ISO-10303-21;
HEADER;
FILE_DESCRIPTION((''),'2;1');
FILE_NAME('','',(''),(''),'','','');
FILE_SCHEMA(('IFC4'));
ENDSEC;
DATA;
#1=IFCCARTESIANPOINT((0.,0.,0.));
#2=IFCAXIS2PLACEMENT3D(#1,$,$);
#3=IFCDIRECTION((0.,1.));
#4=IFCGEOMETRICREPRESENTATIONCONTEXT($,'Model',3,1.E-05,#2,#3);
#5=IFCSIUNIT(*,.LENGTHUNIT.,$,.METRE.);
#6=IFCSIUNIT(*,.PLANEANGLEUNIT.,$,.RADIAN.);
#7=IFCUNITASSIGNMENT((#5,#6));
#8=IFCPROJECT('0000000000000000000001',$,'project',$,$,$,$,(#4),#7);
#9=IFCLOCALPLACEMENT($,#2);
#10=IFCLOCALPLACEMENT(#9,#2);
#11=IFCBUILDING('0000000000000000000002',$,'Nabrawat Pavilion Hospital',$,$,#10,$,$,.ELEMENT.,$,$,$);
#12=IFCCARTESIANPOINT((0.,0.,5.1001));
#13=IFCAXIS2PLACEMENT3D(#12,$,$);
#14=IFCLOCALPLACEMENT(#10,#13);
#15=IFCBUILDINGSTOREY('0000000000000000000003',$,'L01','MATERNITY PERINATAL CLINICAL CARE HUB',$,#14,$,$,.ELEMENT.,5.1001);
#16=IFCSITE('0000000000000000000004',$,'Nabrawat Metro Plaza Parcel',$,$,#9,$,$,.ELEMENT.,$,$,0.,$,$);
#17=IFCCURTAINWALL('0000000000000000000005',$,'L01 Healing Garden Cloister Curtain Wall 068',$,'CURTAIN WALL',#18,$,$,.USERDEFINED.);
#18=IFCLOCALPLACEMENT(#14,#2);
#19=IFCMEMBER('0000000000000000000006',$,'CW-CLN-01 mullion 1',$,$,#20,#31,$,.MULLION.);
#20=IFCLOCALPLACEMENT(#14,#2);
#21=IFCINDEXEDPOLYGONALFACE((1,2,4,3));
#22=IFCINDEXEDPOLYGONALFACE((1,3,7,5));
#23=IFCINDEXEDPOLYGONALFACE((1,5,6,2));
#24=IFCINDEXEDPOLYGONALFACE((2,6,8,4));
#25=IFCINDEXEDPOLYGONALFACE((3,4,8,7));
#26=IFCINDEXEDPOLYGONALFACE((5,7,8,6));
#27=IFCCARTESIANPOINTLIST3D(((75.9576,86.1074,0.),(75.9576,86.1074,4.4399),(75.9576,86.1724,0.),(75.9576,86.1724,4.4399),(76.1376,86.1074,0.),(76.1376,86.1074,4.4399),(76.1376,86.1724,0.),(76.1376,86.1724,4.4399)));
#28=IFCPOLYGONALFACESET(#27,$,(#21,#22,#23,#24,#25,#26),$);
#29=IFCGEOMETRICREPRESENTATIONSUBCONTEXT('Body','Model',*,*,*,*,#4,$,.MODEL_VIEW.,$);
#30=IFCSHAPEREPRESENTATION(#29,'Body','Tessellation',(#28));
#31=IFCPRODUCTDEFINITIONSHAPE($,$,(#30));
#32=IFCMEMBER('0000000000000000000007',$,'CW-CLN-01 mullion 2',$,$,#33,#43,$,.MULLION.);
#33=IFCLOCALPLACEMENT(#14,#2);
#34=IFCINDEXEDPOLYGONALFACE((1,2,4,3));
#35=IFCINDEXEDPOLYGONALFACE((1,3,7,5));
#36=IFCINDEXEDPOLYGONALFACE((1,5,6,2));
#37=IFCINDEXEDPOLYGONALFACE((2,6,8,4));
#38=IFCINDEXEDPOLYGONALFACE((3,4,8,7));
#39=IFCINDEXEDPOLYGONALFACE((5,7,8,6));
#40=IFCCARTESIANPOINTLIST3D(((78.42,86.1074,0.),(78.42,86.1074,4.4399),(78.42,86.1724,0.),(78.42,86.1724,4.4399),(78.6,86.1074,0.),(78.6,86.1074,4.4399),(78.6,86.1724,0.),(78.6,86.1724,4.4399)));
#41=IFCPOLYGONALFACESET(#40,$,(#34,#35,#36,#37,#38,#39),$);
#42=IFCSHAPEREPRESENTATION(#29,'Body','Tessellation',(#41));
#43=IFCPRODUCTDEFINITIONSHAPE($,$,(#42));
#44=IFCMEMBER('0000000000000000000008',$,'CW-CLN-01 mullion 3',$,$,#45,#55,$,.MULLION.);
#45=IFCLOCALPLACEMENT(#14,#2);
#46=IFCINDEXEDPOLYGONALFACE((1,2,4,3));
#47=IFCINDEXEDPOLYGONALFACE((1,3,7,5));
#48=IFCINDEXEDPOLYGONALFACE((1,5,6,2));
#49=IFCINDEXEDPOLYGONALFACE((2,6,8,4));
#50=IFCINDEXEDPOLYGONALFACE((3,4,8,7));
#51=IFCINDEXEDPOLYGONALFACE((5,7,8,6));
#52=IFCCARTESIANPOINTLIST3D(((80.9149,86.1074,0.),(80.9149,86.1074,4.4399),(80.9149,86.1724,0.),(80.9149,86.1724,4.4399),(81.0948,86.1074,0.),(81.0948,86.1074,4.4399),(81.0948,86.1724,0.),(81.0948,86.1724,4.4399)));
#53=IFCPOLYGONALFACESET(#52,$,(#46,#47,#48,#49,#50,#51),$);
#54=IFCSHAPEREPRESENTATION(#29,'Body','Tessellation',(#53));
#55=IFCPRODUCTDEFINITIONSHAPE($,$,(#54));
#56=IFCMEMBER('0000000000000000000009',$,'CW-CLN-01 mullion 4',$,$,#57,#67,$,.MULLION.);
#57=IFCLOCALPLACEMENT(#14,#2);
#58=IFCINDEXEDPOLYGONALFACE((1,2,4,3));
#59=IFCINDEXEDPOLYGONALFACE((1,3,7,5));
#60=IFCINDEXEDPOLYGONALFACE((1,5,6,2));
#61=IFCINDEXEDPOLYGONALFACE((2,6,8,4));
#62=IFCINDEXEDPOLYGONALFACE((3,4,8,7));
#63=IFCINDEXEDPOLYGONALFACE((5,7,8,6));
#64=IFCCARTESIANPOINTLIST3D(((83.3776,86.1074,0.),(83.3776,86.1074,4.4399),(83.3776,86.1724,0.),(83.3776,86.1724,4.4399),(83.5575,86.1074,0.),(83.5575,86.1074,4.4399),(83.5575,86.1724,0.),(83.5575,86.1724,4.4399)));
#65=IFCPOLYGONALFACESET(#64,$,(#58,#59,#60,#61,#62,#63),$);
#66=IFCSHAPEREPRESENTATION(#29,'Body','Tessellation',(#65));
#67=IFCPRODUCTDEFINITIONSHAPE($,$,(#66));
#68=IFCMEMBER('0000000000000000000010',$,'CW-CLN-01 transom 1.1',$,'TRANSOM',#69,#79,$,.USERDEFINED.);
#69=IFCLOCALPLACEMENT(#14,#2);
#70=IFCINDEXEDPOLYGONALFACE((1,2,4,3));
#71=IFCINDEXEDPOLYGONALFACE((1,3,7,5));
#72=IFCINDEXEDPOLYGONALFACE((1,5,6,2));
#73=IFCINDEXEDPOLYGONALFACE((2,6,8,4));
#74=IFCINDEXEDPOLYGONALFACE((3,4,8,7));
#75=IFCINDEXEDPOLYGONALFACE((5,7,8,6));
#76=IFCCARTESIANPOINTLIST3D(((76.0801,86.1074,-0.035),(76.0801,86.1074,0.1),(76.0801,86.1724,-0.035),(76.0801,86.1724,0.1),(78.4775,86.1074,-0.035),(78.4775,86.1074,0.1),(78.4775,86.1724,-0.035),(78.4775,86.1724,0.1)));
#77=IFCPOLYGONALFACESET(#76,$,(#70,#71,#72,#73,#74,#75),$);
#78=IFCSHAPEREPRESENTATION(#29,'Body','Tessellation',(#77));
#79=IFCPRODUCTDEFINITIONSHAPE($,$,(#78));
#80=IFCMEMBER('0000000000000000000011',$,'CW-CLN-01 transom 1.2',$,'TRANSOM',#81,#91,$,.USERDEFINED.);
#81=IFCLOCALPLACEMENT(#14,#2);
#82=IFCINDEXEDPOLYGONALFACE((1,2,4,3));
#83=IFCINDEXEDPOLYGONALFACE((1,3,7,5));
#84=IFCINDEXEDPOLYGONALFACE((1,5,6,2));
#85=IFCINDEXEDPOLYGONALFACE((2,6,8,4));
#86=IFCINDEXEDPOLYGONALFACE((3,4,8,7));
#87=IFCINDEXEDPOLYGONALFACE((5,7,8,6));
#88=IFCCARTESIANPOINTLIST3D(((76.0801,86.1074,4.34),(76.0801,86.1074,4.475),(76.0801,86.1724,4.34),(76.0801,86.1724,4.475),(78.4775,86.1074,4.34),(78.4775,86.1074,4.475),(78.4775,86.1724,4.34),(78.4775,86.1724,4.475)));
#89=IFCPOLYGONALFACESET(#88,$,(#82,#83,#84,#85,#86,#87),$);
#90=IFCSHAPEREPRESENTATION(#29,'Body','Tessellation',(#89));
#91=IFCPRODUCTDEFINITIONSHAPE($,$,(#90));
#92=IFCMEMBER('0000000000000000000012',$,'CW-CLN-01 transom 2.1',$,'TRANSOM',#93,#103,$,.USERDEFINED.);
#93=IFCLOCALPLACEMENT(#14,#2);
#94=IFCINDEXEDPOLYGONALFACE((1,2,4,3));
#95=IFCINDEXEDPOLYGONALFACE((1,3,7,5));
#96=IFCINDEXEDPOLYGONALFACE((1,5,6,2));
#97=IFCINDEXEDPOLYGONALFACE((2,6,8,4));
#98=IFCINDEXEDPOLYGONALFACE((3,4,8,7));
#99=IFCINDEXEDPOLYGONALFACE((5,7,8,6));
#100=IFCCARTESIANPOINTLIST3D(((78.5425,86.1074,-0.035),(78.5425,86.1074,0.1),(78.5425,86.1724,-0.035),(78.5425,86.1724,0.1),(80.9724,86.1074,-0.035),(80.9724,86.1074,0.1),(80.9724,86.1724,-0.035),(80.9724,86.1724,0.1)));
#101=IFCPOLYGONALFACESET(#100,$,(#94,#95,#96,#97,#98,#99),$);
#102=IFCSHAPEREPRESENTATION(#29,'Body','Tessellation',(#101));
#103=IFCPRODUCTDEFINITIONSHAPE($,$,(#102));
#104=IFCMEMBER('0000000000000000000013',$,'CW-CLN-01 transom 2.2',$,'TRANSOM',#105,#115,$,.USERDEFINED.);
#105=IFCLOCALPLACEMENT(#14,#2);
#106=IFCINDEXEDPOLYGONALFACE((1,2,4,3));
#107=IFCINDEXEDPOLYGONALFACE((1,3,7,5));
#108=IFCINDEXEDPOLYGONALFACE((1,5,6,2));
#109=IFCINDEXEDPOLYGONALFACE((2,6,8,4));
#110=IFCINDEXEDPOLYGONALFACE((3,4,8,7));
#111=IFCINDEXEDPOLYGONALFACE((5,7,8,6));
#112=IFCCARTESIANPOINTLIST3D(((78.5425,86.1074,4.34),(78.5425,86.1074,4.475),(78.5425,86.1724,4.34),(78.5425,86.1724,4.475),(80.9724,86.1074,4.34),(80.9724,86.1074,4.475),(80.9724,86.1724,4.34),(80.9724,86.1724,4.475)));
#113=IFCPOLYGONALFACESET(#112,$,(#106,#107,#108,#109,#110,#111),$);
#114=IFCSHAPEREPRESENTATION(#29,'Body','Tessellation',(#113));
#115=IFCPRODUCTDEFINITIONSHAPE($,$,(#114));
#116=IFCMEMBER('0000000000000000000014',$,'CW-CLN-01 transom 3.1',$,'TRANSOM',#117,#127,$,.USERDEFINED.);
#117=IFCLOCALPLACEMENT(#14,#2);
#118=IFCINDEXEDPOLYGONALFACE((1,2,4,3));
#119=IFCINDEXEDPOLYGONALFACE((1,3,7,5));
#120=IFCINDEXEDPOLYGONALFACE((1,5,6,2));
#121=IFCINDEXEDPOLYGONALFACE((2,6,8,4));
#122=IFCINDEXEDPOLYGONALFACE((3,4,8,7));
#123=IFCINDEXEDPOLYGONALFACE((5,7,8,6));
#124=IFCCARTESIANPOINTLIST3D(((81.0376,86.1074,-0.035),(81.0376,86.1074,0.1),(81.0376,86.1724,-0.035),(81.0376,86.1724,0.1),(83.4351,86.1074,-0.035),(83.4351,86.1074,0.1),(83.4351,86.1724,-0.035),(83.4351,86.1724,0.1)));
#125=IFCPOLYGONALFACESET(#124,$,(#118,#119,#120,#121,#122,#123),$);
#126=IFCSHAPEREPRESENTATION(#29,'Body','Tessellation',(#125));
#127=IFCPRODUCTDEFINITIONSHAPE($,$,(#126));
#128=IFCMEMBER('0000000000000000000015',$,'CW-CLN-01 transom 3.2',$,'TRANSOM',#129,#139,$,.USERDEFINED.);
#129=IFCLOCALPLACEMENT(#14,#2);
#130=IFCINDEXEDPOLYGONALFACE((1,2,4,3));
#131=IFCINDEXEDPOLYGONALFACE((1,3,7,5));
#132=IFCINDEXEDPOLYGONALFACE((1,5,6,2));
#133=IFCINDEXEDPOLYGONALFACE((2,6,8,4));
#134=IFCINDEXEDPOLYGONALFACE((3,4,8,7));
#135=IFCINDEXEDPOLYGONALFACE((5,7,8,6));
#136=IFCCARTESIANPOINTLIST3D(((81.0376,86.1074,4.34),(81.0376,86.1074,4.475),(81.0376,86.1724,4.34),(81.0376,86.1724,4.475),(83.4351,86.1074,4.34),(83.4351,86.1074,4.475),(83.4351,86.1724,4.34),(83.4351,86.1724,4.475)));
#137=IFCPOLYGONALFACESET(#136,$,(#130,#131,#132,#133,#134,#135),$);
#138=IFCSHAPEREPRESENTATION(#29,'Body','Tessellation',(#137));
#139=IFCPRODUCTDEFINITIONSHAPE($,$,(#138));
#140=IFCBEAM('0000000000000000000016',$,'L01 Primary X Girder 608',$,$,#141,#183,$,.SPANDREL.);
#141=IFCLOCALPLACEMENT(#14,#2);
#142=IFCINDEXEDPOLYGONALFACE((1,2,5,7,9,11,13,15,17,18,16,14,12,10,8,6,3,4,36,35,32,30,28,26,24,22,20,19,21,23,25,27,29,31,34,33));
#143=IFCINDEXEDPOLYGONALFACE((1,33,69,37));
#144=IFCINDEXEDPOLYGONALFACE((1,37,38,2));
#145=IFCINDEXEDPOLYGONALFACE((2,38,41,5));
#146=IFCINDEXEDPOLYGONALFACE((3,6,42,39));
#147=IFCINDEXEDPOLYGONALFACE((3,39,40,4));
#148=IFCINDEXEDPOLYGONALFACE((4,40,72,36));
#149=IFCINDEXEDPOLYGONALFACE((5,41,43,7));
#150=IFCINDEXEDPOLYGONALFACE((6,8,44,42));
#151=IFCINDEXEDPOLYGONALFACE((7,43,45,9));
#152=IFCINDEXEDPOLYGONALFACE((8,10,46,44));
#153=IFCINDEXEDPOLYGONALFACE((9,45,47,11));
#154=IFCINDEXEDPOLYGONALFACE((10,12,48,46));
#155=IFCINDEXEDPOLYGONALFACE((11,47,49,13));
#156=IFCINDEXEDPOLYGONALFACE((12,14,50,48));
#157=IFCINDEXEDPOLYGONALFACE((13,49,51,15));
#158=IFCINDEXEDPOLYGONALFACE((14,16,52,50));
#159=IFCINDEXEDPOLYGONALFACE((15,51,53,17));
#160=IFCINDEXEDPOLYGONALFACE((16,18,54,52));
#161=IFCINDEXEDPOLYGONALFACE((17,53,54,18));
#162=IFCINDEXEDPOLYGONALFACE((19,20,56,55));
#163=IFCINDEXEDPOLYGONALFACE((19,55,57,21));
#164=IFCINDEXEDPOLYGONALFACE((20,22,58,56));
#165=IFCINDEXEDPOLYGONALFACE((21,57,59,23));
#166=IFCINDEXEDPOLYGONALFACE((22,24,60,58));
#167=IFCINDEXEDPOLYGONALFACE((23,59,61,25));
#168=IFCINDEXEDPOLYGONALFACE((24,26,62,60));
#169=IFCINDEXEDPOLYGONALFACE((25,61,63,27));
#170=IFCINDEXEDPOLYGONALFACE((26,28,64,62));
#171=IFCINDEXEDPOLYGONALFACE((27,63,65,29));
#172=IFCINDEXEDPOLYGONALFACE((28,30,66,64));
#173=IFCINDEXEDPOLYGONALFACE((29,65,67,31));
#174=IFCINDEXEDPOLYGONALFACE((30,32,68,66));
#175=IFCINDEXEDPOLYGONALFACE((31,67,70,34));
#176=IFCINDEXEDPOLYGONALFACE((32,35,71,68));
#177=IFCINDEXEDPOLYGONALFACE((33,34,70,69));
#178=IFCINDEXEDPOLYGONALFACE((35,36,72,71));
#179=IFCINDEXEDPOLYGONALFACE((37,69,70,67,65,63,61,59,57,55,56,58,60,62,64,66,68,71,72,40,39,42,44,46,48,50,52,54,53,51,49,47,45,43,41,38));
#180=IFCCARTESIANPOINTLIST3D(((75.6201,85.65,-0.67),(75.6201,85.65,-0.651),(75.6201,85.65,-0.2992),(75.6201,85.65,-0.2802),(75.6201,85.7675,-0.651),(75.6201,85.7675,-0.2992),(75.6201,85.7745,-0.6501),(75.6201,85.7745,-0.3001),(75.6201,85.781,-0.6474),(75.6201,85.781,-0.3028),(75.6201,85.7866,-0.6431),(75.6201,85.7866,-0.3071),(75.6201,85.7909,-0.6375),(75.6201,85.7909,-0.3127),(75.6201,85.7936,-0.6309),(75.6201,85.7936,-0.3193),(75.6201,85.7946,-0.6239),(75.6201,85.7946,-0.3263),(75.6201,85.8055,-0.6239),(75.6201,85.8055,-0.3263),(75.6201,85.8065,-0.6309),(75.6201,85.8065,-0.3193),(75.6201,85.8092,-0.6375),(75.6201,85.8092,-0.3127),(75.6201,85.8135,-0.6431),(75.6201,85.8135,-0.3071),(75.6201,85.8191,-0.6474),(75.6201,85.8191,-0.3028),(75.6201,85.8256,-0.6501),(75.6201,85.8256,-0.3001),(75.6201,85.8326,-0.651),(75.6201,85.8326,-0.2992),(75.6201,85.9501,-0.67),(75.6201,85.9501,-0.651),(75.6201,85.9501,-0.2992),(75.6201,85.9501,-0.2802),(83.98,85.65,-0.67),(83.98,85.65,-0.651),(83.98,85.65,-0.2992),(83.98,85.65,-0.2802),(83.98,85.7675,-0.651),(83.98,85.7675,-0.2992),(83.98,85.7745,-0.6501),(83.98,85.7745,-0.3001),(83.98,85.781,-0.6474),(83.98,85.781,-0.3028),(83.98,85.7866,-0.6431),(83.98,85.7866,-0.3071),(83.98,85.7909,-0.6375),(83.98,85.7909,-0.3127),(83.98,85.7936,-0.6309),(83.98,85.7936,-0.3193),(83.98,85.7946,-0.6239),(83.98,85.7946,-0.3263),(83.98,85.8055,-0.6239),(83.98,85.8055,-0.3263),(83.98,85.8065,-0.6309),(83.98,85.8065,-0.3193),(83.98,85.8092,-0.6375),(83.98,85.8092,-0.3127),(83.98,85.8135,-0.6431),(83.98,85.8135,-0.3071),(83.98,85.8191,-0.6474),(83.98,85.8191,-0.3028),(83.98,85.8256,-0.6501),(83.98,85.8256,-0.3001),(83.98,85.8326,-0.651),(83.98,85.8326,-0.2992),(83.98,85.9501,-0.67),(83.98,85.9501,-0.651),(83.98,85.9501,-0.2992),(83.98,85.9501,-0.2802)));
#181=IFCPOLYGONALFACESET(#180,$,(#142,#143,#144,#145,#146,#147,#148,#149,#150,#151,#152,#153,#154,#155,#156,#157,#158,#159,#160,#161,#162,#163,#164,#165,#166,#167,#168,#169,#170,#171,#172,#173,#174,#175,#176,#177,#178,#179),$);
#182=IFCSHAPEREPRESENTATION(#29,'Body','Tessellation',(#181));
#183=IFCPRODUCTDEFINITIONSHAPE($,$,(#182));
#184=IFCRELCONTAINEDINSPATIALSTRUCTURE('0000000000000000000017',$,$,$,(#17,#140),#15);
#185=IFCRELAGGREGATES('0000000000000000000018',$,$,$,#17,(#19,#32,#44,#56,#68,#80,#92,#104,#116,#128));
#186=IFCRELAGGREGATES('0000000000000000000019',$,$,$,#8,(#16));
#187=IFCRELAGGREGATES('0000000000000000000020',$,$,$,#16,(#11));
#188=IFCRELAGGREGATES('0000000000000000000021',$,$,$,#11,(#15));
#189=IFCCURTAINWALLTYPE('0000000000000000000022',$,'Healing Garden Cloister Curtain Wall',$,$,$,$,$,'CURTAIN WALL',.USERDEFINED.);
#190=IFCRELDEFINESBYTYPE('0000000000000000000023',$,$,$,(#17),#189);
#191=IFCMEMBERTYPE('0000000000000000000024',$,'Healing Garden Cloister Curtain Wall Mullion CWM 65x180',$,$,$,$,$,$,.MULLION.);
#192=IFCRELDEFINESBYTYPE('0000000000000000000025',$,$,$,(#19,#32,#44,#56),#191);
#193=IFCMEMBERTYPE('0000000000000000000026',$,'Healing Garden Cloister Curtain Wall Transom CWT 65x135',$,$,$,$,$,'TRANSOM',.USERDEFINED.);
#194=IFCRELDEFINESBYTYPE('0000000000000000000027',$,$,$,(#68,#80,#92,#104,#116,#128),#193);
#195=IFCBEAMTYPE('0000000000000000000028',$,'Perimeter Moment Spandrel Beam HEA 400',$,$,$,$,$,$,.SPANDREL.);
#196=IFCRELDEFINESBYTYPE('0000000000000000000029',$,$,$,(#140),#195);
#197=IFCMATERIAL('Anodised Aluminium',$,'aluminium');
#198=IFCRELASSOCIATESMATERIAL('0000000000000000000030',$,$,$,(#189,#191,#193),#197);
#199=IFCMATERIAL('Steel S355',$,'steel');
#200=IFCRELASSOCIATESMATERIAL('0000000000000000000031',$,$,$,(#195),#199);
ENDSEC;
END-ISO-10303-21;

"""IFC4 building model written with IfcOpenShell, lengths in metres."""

from ifc_helpers import new_model, si_unit, direction, frame, origin, origin_2d, place, context, subcontext, project, spatial, rectangle, i_section, extrude, material, material_profile, profile_set, type_object, element, aggregate, save


model = new_model("IFC4")

# Units and contexts
model_context = context("Model", 3, precision=1e-05, world=origin(), true_north=direction((0.0, 1.0)))
body_context = subcontext(model_context, "Body", "Model", "MODEL_VIEW")
ifc_project = project(units=[si_unit("LENGTHUNIT", "METRE"), si_unit("PLANEANGLEUNIT", "RADIAN")], contexts=[model_context])

# Site, building, storey
site_placement = place(None, origin())
site = spatial("IfcSite", under=ifc_project, at=site_placement, Name="Nabrawat Metro Plaza Parcel", CompositionType="ELEMENT", RefElevation=0.0)
building_placement = place(site_placement, origin())
building = spatial("IfcBuilding", under=site, at=building_placement, Name="Nabrawat Pavilion Hospital", CompositionType="ELEMENT")
storey_placement = place(building_placement, frame((0.0, 0.0, 5.1001)))
storey = spatial("IfcBuildingStorey", under=building, at=storey_placement, Name="L01", Description="MATERNITY PERINATAL CLINICAL CARE HUB", CompositionType="ELEMENT", Elevation=5.1001)

# Curtain wall, members
ifc_material_1 = material(Name="Anodised Aluminium", Category="aluminium")
curtain_wall_type_1 = type_object("IfcCurtainWallType", Name="Healing Garden Cloister Curtain Wall", ElementType="CURTAIN WALL", PredefinedType="USERDEFINED", material=ifc_material_1)
curtain_wall_1_placement = place(storey_placement, origin())
curtain_wall_1 = element("IfcCurtainWall", 1, at=curtain_wall_1_placement, inside=storey, type_object=curtain_wall_type_1, Name="L01 Healing Garden Cloister Curtain Wall 068", ObjectType="CURTAIN WALL", PredefinedType="USERDEFINED")
ifc_material_profile_1 = material_profile(ifc_material_1, rectangle(XDim=0.0649, YDim=0.1799, at=origin_2d()), Name="CWM 65x180")
ifc_profile_set_1 = profile_set([ifc_material_profile_1], Name="Anodised Aluminium")
member_type_1 = type_object("IfcMemberType", Name="Healing Garden Cloister Curtain Wall Mullion CWM 65x180", PredefinedType="MULLION", material=ifc_profile_set_1)
member_1_placement = place(storey_placement, frame((76.0476, 86.1399, 0.0), z_axis=(0.0, 0.0, 1.0), x_axis=(0.0, 1.0, 0.0)))
member_1 = element("IfcMember", 2, at=member_1_placement, type_object=member_type_1, Name="CW-CLN-01 mullion 1", PredefinedType="MULLION", context=body_context, shape_type="SweptSolid", body=[
    extrude(rectangle(XDim=0.0649, YDim=0.1799, at=origin_2d()), origin(), (0.0, 0.0, 1.0), 4.4399),
])
member_2_placement = place(storey_placement, frame((78.51, 86.1399, 0.0), z_axis=(0.0, 0.0, 1.0), x_axis=(0.0, 1.0, 0.0)))
member_2 = element("IfcMember", 3, at=member_2_placement, type_object=member_type_1, Name="CW-CLN-01 mullion 2", PredefinedType="MULLION", context=body_context, shape_type="SweptSolid", body=[
    extrude(rectangle(XDim=0.0649, YDim=0.1799, at=origin_2d()), origin(), (0.0, 0.0, 1.0), 4.4399),
])
member_3_placement = place(storey_placement, frame((81.0049, 86.1399, 0.0), z_axis=(0.0, 0.0, 1.0), x_axis=(0.0, 1.0, 0.0)))
member_3 = element("IfcMember", 4, at=member_3_placement, type_object=member_type_1, Name="CW-CLN-01 mullion 3", PredefinedType="MULLION", context=body_context, shape_type="SweptSolid", body=[
    extrude(rectangle(XDim=0.0649, YDim=0.1799, at=origin_2d()), origin(), (0.0, 0.0, 1.0), 4.4399),
])
member_4_placement = place(storey_placement, frame((83.4675, 86.1399, 0.0), z_axis=(0.0, 0.0, 1.0), x_axis=(0.0, 1.0, 0.0)))
member_4 = element("IfcMember", 5, at=member_4_placement, type_object=member_type_1, Name="CW-CLN-01 mullion 4", PredefinedType="MULLION", context=body_context, shape_type="SweptSolid", body=[
    extrude(rectangle(XDim=0.0649, YDim=0.1799, at=origin_2d()), origin(), (0.0, 0.0, 1.0), 4.4399),
])
ifc_material_profile_2 = material_profile(ifc_material_1, rectangle(XDim=0.0649, YDim=0.135, at=origin_2d()), Name="CWT 65x135")
ifc_profile_set_2 = profile_set([ifc_material_profile_2], Name="Anodised Aluminium")
member_type_2 = type_object("IfcMemberType", Name="Healing Garden Cloister Curtain Wall Transom CWT 65x135", ElementType="TRANSOM", PredefinedType="USERDEFINED", material=ifc_profile_set_2)
member_5_placement = place(storey_placement, frame((76.0801, 86.1399, 0.0325), z_axis=(1.0, 0.0, 0.0), x_axis=(0.0, 1.0, 0.0)))
member_5 = element("IfcMember", 6, at=member_5_placement, type_object=member_type_2, Name="CW-CLN-01 transom 1.1", ObjectType="TRANSOM", PredefinedType="USERDEFINED", context=body_context, shape_type="SweptSolid", body=[
    extrude(rectangle(XDim=0.0649, YDim=0.135, at=origin_2d()), origin(), (0.0, 0.0, 1.0), 2.3975),
])
member_6_placement = place(storey_placement, frame((76.0801, 86.1399, 4.4075), z_axis=(1.0, 0.0, 0.0), x_axis=(0.0, 1.0, 0.0)))
member_6 = element("IfcMember", 7, at=member_6_placement, type_object=member_type_2, Name="CW-CLN-01 transom 1.2", ObjectType="TRANSOM", PredefinedType="USERDEFINED", context=body_context, shape_type="SweptSolid", body=[
    extrude(rectangle(XDim=0.0649, YDim=0.135, at=origin_2d()), origin(), (0.0, 0.0, 1.0), 2.3975),
])
member_7_placement = place(storey_placement, frame((78.5425, 86.1399, 0.0325), z_axis=(1.0, 0.0, 0.0), x_axis=(0.0, 1.0, 0.0)))
member_7 = element("IfcMember", 8, at=member_7_placement, type_object=member_type_2, Name="CW-CLN-01 transom 2.1", ObjectType="TRANSOM", PredefinedType="USERDEFINED", context=body_context, shape_type="SweptSolid", body=[
    extrude(rectangle(XDim=0.0649, YDim=0.135, at=origin_2d()), origin(), (0.0, 0.0, 1.0), 2.4299),
])
member_8_placement = place(storey_placement, frame((78.5425, 86.1399, 4.4075), z_axis=(1.0, 0.0, 0.0), x_axis=(0.0, 1.0, 0.0)))
member_8 = element("IfcMember", 9, at=member_8_placement, type_object=member_type_2, Name="CW-CLN-01 transom 2.2", ObjectType="TRANSOM", PredefinedType="USERDEFINED", context=body_context, shape_type="SweptSolid", body=[
    extrude(rectangle(XDim=0.0649, YDim=0.135, at=origin_2d()), origin(), (0.0, 0.0, 1.0), 2.4299),
])
member_9_placement = place(storey_placement, frame((81.0376, 86.1399, 0.0325), z_axis=(1.0, 0.0, 0.0), x_axis=(0.0, 1.0, 0.0)))
member_9 = element("IfcMember", 10, at=member_9_placement, type_object=member_type_2, Name="CW-CLN-01 transom 3.1", ObjectType="TRANSOM", PredefinedType="USERDEFINED", context=body_context, shape_type="SweptSolid", body=[
    extrude(rectangle(XDim=0.0649, YDim=0.135, at=origin_2d()), origin(), (0.0, 0.0, 1.0), 2.3975),
])
member_10_placement = place(storey_placement, frame((81.0376, 86.1399, 4.4075), z_axis=(1.0, 0.0, 0.0), x_axis=(0.0, 1.0, 0.0)))
member_10 = element("IfcMember", 11, at=member_10_placement, type_object=member_type_2, Name="CW-CLN-01 transom 3.2", ObjectType="TRANSOM", PredefinedType="USERDEFINED", context=body_context, shape_type="SweptSolid", body=[
    extrude(rectangle(XDim=0.0649, YDim=0.135, at=origin_2d()), origin(), (0.0, 0.0, 1.0), 2.3975),
])

# Beam
ifc_material_2 = material(Name="Steel S355", Category="steel")
ifc_material_profile_3 = material_profile(ifc_material_2, i_section(OverallWidth=0.3, OverallDepth=0.3899, WebThickness=0.011, FlangeThickness=0.019, FilletRadius=0.0271, at=origin_2d()), Name="HEA 400")
ifc_profile_set_3 = profile_set([ifc_material_profile_3], Name="Steel S355")
beam_type_1 = type_object("IfcBeamType", Name="Perimeter Moment Spandrel Beam HEA 400", PredefinedType="SPANDREL", material=ifc_profile_set_3)
for number, where, z_axis, x_axis, name in (
    (12, (75.6201, 85.8, -0.4751), (1.0, 0.0, 0.0), (0.0, 1.0, 0.0), "L01 Primary X Girder 608"),
):
    element("IfcBeam", number, at=place(storey_placement, frame(where, z_axis=z_axis, x_axis=x_axis)), inside=storey, type_object=beam_type_1, Name=name, PredefinedType="SPANDREL", context=body_context, shape_type="SweptSolid", body=[
        extrude(i_section(OverallWidth=0.3, OverallDepth=0.3899, WebThickness=0.011, FlangeThickness=0.019, FilletRadius=0.0271, at=origin_2d()), origin(), (0.0, 0.0, 1.0), 8.3599),
    ])

aggregate(curtain_wall_1, [member_1, member_2, member_3, member_4, member_5, member_6, member_7, member_8, member_9, member_10])

save(model, "model.ifc")
